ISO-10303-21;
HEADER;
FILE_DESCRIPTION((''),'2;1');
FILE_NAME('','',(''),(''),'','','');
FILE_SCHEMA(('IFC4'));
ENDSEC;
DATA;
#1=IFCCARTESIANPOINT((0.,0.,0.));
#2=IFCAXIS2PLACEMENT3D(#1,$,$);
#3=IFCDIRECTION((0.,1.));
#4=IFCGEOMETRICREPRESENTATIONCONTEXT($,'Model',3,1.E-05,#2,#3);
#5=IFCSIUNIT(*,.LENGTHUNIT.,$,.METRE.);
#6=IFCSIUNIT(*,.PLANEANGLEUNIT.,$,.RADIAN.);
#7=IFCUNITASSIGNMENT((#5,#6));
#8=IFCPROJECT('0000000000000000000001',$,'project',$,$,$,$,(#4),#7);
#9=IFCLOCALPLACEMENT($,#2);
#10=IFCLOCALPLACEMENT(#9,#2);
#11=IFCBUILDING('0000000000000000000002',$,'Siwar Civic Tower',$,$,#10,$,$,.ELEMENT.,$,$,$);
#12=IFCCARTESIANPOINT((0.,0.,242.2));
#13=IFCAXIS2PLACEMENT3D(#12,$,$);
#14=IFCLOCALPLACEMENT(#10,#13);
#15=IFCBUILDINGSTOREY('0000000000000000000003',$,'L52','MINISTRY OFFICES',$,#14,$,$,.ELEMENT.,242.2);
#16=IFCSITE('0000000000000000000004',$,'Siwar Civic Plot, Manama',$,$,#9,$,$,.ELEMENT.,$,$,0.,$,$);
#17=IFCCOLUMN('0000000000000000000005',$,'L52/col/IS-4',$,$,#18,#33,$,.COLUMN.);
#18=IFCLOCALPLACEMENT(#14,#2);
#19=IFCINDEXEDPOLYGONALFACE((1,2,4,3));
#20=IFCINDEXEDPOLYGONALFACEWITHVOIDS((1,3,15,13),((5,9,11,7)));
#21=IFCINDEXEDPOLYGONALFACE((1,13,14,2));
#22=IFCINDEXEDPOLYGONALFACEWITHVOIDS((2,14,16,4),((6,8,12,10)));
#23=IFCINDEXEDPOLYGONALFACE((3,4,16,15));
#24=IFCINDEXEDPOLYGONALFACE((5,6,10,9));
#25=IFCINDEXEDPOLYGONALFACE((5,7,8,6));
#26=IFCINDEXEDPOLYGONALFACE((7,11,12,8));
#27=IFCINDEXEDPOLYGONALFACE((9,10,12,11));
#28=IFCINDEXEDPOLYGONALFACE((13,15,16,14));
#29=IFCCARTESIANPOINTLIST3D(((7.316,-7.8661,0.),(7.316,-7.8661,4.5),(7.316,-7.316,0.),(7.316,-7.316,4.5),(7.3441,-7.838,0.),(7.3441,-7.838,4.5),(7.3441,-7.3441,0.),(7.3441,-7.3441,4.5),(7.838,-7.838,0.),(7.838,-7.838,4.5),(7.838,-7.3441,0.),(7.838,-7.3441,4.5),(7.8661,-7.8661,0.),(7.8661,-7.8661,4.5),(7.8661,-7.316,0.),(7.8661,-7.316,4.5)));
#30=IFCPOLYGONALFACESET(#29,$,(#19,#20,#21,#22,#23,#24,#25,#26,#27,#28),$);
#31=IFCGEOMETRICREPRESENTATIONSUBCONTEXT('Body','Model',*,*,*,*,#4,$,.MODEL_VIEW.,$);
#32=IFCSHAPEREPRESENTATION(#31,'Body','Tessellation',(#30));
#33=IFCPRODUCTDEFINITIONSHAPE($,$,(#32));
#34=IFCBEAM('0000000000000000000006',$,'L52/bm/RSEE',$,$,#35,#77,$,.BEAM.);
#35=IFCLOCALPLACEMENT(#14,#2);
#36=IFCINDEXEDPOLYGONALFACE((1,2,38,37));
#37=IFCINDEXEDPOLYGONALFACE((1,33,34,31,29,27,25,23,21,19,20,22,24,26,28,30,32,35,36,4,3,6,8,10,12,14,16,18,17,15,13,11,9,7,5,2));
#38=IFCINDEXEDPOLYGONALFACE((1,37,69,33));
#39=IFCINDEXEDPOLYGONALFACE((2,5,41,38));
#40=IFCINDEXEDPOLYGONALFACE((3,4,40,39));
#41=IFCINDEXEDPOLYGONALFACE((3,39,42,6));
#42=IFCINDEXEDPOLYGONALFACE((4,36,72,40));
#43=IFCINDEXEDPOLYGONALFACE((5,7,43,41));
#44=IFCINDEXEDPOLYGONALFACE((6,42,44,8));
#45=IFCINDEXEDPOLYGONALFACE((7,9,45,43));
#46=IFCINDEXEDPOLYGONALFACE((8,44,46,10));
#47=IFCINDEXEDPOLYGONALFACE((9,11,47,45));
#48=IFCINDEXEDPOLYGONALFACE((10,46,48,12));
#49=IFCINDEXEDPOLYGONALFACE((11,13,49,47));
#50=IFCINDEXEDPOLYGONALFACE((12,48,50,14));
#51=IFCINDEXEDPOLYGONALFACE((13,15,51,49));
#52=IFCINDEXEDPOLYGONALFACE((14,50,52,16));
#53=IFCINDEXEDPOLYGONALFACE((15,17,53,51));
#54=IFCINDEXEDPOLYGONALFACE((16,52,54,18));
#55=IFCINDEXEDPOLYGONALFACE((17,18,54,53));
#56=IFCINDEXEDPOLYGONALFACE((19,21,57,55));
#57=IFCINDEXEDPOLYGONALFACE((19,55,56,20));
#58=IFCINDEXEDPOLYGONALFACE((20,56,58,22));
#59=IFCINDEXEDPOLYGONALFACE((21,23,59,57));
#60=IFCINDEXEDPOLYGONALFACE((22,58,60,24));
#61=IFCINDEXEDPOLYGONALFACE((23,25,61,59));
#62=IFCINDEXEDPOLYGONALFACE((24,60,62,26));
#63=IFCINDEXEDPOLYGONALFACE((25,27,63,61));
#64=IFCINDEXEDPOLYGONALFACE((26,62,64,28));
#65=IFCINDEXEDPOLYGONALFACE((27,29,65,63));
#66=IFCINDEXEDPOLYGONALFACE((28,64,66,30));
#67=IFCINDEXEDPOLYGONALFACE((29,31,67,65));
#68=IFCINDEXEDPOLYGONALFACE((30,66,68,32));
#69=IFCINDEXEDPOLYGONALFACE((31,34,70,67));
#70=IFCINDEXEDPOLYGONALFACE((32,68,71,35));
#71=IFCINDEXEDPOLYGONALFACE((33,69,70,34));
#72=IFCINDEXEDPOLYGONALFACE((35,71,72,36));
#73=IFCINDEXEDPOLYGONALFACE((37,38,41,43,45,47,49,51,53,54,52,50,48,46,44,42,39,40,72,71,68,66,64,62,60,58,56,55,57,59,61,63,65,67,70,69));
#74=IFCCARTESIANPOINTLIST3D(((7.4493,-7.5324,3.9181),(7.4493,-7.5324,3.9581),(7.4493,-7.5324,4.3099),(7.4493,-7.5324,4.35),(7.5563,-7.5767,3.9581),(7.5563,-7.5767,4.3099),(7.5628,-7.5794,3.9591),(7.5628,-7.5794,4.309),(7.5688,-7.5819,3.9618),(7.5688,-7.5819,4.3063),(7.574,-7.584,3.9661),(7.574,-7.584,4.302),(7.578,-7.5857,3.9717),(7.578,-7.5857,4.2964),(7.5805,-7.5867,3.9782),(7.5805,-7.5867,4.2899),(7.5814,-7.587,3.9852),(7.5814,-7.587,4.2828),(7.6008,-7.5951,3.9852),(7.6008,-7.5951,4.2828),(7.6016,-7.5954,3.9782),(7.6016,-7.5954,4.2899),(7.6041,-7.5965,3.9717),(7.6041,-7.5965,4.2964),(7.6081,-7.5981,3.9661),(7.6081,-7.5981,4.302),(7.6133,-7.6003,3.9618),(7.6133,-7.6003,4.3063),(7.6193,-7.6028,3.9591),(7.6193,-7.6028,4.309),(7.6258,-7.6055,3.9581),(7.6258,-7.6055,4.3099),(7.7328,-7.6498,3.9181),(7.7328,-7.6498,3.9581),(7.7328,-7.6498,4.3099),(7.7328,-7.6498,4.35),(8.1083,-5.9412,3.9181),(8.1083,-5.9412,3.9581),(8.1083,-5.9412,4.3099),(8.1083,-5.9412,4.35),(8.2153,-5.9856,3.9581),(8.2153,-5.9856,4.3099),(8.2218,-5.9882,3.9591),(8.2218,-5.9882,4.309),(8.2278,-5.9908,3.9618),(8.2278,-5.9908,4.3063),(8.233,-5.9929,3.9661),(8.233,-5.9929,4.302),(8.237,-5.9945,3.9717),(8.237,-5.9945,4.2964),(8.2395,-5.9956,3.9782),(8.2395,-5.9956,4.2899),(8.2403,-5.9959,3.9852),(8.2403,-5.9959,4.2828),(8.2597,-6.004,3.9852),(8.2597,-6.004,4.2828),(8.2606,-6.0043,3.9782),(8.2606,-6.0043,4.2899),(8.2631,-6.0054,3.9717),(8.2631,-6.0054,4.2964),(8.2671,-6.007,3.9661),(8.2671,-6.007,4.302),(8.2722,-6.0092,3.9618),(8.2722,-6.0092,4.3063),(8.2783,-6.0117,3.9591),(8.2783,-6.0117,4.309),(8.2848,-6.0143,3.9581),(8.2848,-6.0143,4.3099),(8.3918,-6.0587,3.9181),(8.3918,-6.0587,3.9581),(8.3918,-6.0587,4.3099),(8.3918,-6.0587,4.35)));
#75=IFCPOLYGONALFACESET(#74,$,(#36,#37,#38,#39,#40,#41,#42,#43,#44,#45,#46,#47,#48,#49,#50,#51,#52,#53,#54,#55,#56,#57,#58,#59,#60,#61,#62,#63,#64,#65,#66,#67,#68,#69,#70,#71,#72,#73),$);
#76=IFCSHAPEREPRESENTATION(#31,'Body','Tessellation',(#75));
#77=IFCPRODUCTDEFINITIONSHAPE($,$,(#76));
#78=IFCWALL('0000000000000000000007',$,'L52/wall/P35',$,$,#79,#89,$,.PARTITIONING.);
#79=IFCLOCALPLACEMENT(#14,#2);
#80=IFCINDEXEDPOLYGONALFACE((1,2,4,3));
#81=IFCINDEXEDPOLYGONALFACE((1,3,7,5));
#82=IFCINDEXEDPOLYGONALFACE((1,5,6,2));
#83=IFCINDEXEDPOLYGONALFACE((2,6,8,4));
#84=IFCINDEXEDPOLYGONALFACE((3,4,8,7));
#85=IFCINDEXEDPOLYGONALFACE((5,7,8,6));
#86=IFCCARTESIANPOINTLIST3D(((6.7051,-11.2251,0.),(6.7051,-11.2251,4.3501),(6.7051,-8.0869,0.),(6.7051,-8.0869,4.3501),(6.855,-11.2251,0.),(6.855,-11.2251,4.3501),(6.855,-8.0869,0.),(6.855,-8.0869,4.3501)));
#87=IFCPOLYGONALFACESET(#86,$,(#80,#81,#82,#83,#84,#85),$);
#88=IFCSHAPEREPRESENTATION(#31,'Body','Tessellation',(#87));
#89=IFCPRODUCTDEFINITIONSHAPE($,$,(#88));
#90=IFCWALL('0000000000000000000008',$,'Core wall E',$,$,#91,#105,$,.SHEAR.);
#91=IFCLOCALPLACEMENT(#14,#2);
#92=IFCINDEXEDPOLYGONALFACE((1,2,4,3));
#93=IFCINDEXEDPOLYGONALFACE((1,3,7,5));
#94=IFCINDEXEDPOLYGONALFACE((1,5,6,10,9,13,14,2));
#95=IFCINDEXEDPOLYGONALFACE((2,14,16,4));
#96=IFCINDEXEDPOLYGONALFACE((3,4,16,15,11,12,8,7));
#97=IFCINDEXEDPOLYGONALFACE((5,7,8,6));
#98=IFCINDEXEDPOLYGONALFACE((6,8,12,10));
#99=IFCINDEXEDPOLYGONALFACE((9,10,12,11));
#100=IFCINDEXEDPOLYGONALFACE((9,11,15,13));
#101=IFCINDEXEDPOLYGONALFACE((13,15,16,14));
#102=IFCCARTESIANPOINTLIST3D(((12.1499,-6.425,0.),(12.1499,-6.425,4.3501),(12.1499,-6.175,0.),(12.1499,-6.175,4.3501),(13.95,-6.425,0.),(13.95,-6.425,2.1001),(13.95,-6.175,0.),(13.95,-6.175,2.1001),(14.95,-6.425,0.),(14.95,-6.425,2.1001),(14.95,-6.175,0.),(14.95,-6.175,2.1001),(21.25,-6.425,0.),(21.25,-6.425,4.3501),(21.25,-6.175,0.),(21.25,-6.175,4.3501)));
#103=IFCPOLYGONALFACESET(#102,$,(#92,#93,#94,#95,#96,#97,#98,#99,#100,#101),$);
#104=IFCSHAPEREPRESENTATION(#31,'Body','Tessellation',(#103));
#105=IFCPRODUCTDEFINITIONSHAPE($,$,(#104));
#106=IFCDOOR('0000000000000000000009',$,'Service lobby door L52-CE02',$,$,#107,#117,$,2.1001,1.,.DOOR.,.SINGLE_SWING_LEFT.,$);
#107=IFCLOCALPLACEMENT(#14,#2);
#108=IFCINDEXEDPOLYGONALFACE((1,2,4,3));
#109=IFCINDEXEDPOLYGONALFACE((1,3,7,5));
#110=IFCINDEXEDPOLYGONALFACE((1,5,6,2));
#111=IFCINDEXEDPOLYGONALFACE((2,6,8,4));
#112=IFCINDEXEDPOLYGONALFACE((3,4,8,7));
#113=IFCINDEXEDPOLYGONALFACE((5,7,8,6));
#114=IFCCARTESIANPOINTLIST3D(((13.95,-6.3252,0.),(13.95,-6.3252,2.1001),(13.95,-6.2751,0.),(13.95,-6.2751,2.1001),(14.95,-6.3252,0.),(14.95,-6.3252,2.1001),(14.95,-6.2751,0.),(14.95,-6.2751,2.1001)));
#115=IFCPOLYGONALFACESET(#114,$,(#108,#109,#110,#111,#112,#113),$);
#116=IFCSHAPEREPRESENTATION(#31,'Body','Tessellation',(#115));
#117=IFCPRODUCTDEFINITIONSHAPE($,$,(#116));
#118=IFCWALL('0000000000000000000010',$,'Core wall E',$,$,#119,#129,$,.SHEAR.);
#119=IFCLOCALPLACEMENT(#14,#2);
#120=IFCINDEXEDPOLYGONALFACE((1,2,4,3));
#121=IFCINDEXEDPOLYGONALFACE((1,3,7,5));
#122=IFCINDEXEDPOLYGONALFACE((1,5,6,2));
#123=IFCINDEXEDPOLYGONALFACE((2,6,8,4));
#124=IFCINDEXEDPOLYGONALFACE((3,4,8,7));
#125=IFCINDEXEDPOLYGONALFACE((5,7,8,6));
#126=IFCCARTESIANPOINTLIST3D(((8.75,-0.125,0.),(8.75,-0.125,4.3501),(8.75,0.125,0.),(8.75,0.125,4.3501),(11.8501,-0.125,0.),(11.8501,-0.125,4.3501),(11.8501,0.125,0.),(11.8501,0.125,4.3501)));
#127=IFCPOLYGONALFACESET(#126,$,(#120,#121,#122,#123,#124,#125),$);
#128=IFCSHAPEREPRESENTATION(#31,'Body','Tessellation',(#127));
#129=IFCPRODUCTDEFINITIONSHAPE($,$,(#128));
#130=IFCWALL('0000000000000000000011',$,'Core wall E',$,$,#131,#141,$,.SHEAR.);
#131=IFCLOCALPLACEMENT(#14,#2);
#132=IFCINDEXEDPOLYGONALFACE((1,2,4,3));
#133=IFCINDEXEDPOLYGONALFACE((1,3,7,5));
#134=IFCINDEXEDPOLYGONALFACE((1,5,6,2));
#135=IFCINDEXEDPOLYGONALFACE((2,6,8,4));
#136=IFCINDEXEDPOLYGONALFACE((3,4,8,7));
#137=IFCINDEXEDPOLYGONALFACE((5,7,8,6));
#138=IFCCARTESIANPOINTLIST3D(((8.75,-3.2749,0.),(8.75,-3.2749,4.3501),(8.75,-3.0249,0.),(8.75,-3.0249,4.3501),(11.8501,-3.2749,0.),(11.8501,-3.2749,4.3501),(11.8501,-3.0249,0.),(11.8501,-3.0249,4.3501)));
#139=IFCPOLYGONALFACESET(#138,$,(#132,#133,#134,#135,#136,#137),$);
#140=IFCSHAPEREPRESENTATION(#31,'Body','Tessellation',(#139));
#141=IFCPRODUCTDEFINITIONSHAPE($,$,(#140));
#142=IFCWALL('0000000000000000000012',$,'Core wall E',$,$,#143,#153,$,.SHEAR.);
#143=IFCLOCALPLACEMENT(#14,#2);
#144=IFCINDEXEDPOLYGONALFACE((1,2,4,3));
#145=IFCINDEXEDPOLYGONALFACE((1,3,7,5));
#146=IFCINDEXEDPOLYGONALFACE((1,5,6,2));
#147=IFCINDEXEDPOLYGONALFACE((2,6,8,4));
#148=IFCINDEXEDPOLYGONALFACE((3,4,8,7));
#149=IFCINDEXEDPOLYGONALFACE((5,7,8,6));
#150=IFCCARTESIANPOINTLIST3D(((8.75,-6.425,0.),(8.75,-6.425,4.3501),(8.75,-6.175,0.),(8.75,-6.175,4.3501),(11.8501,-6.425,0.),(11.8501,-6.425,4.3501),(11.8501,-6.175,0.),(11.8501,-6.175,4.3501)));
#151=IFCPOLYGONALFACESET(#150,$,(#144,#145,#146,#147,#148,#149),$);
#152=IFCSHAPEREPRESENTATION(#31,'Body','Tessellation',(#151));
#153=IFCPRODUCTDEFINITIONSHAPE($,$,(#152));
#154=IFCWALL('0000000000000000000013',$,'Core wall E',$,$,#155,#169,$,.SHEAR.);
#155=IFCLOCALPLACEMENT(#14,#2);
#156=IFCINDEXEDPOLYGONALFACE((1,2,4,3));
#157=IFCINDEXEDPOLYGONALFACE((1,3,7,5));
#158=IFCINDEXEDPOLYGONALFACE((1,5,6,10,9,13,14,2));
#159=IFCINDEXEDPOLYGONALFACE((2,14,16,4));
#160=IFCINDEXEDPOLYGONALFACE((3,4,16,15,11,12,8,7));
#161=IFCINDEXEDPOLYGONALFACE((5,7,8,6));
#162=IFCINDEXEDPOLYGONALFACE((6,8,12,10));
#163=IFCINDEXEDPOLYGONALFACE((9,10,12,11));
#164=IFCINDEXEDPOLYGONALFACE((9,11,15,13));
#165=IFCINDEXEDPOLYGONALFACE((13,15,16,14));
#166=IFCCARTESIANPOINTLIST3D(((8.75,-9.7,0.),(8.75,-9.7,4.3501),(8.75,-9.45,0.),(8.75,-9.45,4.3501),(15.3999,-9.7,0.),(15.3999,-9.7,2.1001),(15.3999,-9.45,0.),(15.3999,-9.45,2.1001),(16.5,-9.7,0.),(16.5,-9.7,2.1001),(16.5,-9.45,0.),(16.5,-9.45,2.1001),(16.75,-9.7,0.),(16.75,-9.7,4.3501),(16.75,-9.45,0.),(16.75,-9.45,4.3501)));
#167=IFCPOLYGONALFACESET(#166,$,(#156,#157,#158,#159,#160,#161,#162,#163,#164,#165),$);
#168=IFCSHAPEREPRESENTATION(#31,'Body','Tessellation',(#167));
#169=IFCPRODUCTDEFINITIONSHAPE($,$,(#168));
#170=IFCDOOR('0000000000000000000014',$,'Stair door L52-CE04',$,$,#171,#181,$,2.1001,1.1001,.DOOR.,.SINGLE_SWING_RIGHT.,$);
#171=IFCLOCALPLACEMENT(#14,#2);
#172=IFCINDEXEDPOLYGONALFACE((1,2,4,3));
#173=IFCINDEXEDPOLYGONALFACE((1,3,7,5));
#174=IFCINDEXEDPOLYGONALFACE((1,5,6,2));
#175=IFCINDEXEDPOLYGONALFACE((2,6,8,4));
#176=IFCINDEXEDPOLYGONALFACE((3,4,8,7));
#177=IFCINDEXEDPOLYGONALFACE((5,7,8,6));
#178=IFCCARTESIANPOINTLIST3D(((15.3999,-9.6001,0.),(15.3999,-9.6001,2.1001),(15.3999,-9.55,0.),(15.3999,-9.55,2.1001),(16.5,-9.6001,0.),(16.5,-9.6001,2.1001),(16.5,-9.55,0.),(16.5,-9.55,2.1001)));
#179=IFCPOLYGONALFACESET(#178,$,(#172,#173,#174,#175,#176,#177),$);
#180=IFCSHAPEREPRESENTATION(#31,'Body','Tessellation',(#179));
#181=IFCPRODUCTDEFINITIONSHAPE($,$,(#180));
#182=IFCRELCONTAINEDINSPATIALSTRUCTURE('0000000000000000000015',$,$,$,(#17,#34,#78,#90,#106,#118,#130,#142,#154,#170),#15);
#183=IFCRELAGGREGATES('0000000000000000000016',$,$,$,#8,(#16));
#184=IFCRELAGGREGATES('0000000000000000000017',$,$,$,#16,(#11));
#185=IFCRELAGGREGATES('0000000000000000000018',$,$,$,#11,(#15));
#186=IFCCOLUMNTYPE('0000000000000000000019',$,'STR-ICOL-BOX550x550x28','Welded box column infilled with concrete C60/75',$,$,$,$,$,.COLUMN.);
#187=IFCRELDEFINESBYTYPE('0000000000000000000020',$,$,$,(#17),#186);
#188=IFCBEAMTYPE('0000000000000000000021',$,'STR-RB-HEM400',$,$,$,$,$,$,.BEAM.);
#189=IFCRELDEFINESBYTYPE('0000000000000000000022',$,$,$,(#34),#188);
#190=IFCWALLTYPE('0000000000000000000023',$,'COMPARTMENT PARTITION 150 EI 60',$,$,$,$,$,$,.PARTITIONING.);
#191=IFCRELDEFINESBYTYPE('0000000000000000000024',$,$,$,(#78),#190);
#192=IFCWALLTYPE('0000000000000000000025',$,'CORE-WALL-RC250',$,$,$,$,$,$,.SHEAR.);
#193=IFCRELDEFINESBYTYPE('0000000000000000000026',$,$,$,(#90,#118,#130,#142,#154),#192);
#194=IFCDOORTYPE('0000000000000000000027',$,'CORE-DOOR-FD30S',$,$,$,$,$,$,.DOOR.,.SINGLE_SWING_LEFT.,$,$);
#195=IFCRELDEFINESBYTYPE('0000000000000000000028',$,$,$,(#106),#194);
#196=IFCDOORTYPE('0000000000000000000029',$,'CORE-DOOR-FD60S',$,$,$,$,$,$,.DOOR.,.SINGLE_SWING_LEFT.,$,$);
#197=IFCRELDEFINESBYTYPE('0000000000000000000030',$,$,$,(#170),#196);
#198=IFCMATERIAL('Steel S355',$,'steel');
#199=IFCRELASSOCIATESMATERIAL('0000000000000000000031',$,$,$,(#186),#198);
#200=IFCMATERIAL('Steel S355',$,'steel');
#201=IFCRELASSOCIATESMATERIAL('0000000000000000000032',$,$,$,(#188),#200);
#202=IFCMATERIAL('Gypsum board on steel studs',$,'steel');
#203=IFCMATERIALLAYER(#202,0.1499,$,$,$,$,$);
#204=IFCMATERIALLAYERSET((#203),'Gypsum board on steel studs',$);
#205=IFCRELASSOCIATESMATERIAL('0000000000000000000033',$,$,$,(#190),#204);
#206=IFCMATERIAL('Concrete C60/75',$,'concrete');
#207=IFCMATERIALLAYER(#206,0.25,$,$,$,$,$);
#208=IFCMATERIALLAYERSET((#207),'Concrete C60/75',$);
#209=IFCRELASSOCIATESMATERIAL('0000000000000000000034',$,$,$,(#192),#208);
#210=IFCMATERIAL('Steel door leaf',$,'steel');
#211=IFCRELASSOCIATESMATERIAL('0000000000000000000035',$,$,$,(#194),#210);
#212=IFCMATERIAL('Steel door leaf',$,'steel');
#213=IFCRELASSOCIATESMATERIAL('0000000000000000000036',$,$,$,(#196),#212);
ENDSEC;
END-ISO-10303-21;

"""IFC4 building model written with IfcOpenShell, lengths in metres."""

from ifc_helpers import new_model, si_unit, direction, frame, frame_2d, origin, origin_2d, place, context, subcontext, project, spatial, rectangle, hollow_rectangle, i_section, extrude, material, layer, layer_set, material_profile, profile_set, type_object, element, fill, save


model = new_model("IFC4")

# Units and contexts
model_context = context("Model", 3, precision=1e-05, world=origin(), true_north=direction((0.0, 1.0)))
body_context = subcontext(model_context, "Body", "Model", "MODEL_VIEW")
ifc_project = project(units=[si_unit("LENGTHUNIT", "METRE"), si_unit("PLANEANGLEUNIT", "RADIAN")], contexts=[model_context])

# Site, building, storey
site_placement = place(None, origin())
site = spatial("IfcSite", under=ifc_project, at=site_placement, Name="Siwar Civic Plot, Manama", CompositionType="ELEMENT", RefElevation=0.0)
building_placement = place(site_placement, origin())
building = spatial("IfcBuilding", under=site, at=building_placement, Name="Siwar Civic Tower", CompositionType="ELEMENT")
storey_placement = place(building_placement, frame((0.0, 0.0, 242.2)))
storey = spatial("IfcBuildingStorey", under=building, at=storey_placement, Name="L52", Description="MINISTRY OFFICES", CompositionType="ELEMENT", Elevation=242.2)

# Column
ifc_material_1 = material(Name="Steel S355", Category="steel")
ifc_material_profile_1 = material_profile(ifc_material_1, hollow_rectangle(XDim=0.55, YDim=0.55, WallThickness=0.0281, at=origin_2d()), Name="BOX550x550x28")
ifc_profile_set_1 = profile_set([ifc_material_profile_1], Name="Steel S355")
column_type = type_object("IfcColumnType", Name="STR-ICOL-BOX550x550x28", Description="Welded box column infilled with concrete C60/75", PredefinedType="COLUMN", material=ifc_profile_set_1)
column_placement = place(storey_placement, frame((7.5911, -7.5911, 0.0), z_axis=(0.0, 0.0, 1.0), x_axis=(1.0, 0.0, 0.0)))
element("IfcColumn", 1, at=column_placement, inside=storey, type_object=column_type, Name="L52/col/IS-4", PredefinedType="COLUMN", context=body_context, shape_type="SweptSolid", body=[
    extrude(hollow_rectangle(XDim=0.55, YDim=0.55, WallThickness=0.0281, at=origin_2d()), origin(), (0.0, 0.0, 1.0), 4.5),
])

# Beam
ifc_material_2 = material(Name="Steel S355", Category="steel")
ifc_material_profile_2 = material_profile(ifc_material_2, i_section(OverallWidth=0.3069, OverallDepth=0.4319, WebThickness=0.021, FlangeThickness=0.04, FilletRadius=0.0271, at=origin_2d()), Name="HEM400")
ifc_profile_set_2 = profile_set([ifc_material_profile_2], Name="Steel S355")
beam_type = type_object("IfcBeamType", Name="STR-RB-HEM400", PredefinedType="BEAM", material=ifc_profile_set_2)
beam_placement = place(storey_placement, frame((7.5911, -7.5911, 4.134), z_axis=(0.382631, 0.923901, 0.0), x_axis=(-0.923901, 0.382631, 0.0)))
element("IfcBeam", 2, at=beam_placement, inside=storey, type_object=beam_type, Name="L52/bm/RSEE", PredefinedType="BEAM", context=body_context, shape_type="SweptSolid", body=[
    extrude(i_section(OverallWidth=0.3069, OverallDepth=0.4319, WebThickness=0.021, FlangeThickness=0.04, FilletRadius=0.0271, at=origin_2d()), origin(), (0.0, 0.0, 1.0), 1.7222),
])

# Wall
ifc_material_3 = material(Name="Gypsum board on steel studs", Category="steel")
ifc_layer_1 = layer(ifc_material_3, 0.1499)
ifc_layer_set_1 = layer_set([ifc_layer_1], Name="Gypsum board on steel studs")
wall_type_1 = type_object("IfcWallType", Name="COMPARTMENT PARTITION 150 EI 60", PredefinedType="PARTITIONING", material=ifc_layer_set_1)
wall_1_placement = place(storey_placement, frame((6.78, -11.2251, 0.0), z_axis=(0.0, 0.0, 1.0), x_axis=(0.0, 1.0, 0.0)))
element("IfcWall", 3, at=wall_1_placement, inside=storey, type_object=wall_type_1, Name="L52/wall/P35", PredefinedType="PARTITIONING", context=body_context, shape_type="SweptSolid", body=[
    extrude(rectangle(XDim=3.1382, YDim=0.1499, at=frame_2d((1.5691, 0.0))), origin(), (0.0, 0.0, 1.0), 4.3501),
])

# Wall, opening, door
ifc_material_4 = material(Name="Concrete C60/75", Category="concrete")
ifc_layer_2 = layer(ifc_material_4, 0.25)
ifc_layer_set_2 = layer_set([ifc_layer_2], Name="Concrete C60/75")
wall_type_2 = type_object("IfcWallType", Name="CORE-WALL-RC250", PredefinedType="SHEAR", material=ifc_layer_set_2)
wall_2_placement = place(storey_placement, frame((12.1499, -6.3, 0.0), z_axis=(0.0, 0.0, 1.0), x_axis=(1.0, 0.0, 0.0)))
wall_2 = element("IfcWall", 4, at=wall_2_placement, inside=storey, type_object=wall_type_2, Name="Core wall E", PredefinedType="SHEAR", context=body_context, shape_type="SweptSolid", body=[
    extrude(rectangle(XDim=9.1001, YDim=0.25, at=frame_2d((4.55, 0.0))), origin(), (0.0, 0.0, 1.0), 4.3501),
])
opening_1_placement = place(wall_2_placement, frame((1.8, 0.0, 0.0)))
opening_1 = element("IfcOpeningElement", 5, at=opening_1_placement, cuts=wall_2, PredefinedType="OPENING", context=body_context, shape_type="SweptSolid", body=[
    extrude(rectangle(XDim=1.0, YDim=2.1001, at=frame_2d((0.5, 1.05))), frame((0.0, 0.135, 0.0), z_axis=(0.0, -1.0, 0.0), x_axis=(1.0, 0.0, 0.0)), (0.0, 0.0, 1.0), 0.27),
])
ifc_material_5 = material(Name="Steel door leaf", Category="steel")
door_type_1 = type_object("IfcDoorType", Name="CORE-DOOR-FD30S", OperationType="SINGLE_SWING_LEFT", PredefinedType="DOOR", material=ifc_material_5)
door_1_placement = place(opening_1_placement, origin())
door_1 = element("IfcDoor", 6, at=door_1_placement, inside=storey, type_object=door_type_1, Name="Service lobby door L52-CE02", OperationType="SINGLE_SWING_LEFT", OverallHeight=2.1001, OverallWidth=1.0, PredefinedType="DOOR", context=body_context, shape_type="SweptSolid", body=[
    extrude(rectangle(XDim=1.0, YDim=2.1001, at=frame_2d((0.5, 1.05))), frame((0.0, 0.0249, 0.0), z_axis=(0.0, -1.0, 0.0), x_axis=(1.0, 0.0, 0.0)), (0.0, 0.0, 1.0), 0.05),
])
fill(opening_1, door_1)

# Walls
for number, where, z_axis, x_axis, name in (
    (7, (8.75, 0.0, 0.0), (0.0, 0.0, 1.0), (1.0, 0.0, 0.0), "Core wall E"),
    (8, (8.75, -3.1499, 0.0), (0.0, 0.0, 1.0), (1.0, 0.0, 0.0), "Core wall E"),
    (9, (8.75, -6.3, 0.0), (0.0, 0.0, 1.0), (1.0, 0.0, 0.0), "Core wall E"),
):
    element("IfcWall", number, at=place(storey_placement, frame(where, z_axis=z_axis, x_axis=x_axis)), inside=storey, type_object=wall_type_2, Name=name, PredefinedType="SHEAR", context=body_context, shape_type="SweptSolid", body=[
        extrude(rectangle(XDim=3.1001, YDim=0.25, at=frame_2d((1.55, 0.0))), origin(), (0.0, 0.0, 1.0), 4.3501),
    ])

# Wall, opening, door
wall_3_placement = place(storey_placement, frame((8.75, -9.575, 0.0), z_axis=(0.0, 0.0, 1.0), x_axis=(1.0, 0.0, 0.0)))
wall_3 = element("IfcWall", 10, at=wall_3_placement, inside=storey, type_object=wall_type_2, Name="Core wall E", PredefinedType="SHEAR", context=body_context, shape_type="SweptSolid", body=[
    extrude(rectangle(XDim=8.0, YDim=0.25, at=frame_2d((4.0, 0.0))), origin(), (0.0, 0.0, 1.0), 4.3501),
])
opening_2_placement = place(wall_3_placement, frame((6.6499, 0.0, 0.0)))
opening_2 = element("IfcOpeningElement", 11, at=opening_2_placement, cuts=wall_3, PredefinedType="OPENING", context=body_context, shape_type="SweptSolid", body=[
    extrude(rectangle(XDim=1.1001, YDim=2.1001, at=frame_2d((0.55, 1.05))), frame((0.0, 0.135, 0.0), z_axis=(0.0, -1.0, 0.0), x_axis=(1.0, 0.0, 0.0)), (0.0, 0.0, 1.0), 0.27),
])
ifc_material_6 = material(Name="Steel door leaf", Category="steel")
door_type_2 = type_object("IfcDoorType", Name="CORE-DOOR-FD60S", OperationType="SINGLE_SWING_LEFT", PredefinedType="DOOR", material=ifc_material_6)
door_2_placement = place(opening_2_placement, origin())
door_2 = element("IfcDoor", 12, at=door_2_placement, inside=storey, type_object=door_type_2, Name="Stair door L52-CE04", OperationType="SINGLE_SWING_RIGHT", OverallHeight=2.1001, OverallWidth=1.1001, PredefinedType="DOOR", context=body_context, shape_type="SweptSolid", body=[
    extrude(rectangle(XDim=1.1001, YDim=2.1001, at=frame_2d((0.55, 1.05))), frame((0.0, 0.0249, 0.0), z_axis=(0.0, -1.0, 0.0), x_axis=(1.0, 0.0, 0.0)), (0.0, 0.0, 1.0), 0.05),
])
fill(opening_2, door_2)

save(model, "model.ifc")
